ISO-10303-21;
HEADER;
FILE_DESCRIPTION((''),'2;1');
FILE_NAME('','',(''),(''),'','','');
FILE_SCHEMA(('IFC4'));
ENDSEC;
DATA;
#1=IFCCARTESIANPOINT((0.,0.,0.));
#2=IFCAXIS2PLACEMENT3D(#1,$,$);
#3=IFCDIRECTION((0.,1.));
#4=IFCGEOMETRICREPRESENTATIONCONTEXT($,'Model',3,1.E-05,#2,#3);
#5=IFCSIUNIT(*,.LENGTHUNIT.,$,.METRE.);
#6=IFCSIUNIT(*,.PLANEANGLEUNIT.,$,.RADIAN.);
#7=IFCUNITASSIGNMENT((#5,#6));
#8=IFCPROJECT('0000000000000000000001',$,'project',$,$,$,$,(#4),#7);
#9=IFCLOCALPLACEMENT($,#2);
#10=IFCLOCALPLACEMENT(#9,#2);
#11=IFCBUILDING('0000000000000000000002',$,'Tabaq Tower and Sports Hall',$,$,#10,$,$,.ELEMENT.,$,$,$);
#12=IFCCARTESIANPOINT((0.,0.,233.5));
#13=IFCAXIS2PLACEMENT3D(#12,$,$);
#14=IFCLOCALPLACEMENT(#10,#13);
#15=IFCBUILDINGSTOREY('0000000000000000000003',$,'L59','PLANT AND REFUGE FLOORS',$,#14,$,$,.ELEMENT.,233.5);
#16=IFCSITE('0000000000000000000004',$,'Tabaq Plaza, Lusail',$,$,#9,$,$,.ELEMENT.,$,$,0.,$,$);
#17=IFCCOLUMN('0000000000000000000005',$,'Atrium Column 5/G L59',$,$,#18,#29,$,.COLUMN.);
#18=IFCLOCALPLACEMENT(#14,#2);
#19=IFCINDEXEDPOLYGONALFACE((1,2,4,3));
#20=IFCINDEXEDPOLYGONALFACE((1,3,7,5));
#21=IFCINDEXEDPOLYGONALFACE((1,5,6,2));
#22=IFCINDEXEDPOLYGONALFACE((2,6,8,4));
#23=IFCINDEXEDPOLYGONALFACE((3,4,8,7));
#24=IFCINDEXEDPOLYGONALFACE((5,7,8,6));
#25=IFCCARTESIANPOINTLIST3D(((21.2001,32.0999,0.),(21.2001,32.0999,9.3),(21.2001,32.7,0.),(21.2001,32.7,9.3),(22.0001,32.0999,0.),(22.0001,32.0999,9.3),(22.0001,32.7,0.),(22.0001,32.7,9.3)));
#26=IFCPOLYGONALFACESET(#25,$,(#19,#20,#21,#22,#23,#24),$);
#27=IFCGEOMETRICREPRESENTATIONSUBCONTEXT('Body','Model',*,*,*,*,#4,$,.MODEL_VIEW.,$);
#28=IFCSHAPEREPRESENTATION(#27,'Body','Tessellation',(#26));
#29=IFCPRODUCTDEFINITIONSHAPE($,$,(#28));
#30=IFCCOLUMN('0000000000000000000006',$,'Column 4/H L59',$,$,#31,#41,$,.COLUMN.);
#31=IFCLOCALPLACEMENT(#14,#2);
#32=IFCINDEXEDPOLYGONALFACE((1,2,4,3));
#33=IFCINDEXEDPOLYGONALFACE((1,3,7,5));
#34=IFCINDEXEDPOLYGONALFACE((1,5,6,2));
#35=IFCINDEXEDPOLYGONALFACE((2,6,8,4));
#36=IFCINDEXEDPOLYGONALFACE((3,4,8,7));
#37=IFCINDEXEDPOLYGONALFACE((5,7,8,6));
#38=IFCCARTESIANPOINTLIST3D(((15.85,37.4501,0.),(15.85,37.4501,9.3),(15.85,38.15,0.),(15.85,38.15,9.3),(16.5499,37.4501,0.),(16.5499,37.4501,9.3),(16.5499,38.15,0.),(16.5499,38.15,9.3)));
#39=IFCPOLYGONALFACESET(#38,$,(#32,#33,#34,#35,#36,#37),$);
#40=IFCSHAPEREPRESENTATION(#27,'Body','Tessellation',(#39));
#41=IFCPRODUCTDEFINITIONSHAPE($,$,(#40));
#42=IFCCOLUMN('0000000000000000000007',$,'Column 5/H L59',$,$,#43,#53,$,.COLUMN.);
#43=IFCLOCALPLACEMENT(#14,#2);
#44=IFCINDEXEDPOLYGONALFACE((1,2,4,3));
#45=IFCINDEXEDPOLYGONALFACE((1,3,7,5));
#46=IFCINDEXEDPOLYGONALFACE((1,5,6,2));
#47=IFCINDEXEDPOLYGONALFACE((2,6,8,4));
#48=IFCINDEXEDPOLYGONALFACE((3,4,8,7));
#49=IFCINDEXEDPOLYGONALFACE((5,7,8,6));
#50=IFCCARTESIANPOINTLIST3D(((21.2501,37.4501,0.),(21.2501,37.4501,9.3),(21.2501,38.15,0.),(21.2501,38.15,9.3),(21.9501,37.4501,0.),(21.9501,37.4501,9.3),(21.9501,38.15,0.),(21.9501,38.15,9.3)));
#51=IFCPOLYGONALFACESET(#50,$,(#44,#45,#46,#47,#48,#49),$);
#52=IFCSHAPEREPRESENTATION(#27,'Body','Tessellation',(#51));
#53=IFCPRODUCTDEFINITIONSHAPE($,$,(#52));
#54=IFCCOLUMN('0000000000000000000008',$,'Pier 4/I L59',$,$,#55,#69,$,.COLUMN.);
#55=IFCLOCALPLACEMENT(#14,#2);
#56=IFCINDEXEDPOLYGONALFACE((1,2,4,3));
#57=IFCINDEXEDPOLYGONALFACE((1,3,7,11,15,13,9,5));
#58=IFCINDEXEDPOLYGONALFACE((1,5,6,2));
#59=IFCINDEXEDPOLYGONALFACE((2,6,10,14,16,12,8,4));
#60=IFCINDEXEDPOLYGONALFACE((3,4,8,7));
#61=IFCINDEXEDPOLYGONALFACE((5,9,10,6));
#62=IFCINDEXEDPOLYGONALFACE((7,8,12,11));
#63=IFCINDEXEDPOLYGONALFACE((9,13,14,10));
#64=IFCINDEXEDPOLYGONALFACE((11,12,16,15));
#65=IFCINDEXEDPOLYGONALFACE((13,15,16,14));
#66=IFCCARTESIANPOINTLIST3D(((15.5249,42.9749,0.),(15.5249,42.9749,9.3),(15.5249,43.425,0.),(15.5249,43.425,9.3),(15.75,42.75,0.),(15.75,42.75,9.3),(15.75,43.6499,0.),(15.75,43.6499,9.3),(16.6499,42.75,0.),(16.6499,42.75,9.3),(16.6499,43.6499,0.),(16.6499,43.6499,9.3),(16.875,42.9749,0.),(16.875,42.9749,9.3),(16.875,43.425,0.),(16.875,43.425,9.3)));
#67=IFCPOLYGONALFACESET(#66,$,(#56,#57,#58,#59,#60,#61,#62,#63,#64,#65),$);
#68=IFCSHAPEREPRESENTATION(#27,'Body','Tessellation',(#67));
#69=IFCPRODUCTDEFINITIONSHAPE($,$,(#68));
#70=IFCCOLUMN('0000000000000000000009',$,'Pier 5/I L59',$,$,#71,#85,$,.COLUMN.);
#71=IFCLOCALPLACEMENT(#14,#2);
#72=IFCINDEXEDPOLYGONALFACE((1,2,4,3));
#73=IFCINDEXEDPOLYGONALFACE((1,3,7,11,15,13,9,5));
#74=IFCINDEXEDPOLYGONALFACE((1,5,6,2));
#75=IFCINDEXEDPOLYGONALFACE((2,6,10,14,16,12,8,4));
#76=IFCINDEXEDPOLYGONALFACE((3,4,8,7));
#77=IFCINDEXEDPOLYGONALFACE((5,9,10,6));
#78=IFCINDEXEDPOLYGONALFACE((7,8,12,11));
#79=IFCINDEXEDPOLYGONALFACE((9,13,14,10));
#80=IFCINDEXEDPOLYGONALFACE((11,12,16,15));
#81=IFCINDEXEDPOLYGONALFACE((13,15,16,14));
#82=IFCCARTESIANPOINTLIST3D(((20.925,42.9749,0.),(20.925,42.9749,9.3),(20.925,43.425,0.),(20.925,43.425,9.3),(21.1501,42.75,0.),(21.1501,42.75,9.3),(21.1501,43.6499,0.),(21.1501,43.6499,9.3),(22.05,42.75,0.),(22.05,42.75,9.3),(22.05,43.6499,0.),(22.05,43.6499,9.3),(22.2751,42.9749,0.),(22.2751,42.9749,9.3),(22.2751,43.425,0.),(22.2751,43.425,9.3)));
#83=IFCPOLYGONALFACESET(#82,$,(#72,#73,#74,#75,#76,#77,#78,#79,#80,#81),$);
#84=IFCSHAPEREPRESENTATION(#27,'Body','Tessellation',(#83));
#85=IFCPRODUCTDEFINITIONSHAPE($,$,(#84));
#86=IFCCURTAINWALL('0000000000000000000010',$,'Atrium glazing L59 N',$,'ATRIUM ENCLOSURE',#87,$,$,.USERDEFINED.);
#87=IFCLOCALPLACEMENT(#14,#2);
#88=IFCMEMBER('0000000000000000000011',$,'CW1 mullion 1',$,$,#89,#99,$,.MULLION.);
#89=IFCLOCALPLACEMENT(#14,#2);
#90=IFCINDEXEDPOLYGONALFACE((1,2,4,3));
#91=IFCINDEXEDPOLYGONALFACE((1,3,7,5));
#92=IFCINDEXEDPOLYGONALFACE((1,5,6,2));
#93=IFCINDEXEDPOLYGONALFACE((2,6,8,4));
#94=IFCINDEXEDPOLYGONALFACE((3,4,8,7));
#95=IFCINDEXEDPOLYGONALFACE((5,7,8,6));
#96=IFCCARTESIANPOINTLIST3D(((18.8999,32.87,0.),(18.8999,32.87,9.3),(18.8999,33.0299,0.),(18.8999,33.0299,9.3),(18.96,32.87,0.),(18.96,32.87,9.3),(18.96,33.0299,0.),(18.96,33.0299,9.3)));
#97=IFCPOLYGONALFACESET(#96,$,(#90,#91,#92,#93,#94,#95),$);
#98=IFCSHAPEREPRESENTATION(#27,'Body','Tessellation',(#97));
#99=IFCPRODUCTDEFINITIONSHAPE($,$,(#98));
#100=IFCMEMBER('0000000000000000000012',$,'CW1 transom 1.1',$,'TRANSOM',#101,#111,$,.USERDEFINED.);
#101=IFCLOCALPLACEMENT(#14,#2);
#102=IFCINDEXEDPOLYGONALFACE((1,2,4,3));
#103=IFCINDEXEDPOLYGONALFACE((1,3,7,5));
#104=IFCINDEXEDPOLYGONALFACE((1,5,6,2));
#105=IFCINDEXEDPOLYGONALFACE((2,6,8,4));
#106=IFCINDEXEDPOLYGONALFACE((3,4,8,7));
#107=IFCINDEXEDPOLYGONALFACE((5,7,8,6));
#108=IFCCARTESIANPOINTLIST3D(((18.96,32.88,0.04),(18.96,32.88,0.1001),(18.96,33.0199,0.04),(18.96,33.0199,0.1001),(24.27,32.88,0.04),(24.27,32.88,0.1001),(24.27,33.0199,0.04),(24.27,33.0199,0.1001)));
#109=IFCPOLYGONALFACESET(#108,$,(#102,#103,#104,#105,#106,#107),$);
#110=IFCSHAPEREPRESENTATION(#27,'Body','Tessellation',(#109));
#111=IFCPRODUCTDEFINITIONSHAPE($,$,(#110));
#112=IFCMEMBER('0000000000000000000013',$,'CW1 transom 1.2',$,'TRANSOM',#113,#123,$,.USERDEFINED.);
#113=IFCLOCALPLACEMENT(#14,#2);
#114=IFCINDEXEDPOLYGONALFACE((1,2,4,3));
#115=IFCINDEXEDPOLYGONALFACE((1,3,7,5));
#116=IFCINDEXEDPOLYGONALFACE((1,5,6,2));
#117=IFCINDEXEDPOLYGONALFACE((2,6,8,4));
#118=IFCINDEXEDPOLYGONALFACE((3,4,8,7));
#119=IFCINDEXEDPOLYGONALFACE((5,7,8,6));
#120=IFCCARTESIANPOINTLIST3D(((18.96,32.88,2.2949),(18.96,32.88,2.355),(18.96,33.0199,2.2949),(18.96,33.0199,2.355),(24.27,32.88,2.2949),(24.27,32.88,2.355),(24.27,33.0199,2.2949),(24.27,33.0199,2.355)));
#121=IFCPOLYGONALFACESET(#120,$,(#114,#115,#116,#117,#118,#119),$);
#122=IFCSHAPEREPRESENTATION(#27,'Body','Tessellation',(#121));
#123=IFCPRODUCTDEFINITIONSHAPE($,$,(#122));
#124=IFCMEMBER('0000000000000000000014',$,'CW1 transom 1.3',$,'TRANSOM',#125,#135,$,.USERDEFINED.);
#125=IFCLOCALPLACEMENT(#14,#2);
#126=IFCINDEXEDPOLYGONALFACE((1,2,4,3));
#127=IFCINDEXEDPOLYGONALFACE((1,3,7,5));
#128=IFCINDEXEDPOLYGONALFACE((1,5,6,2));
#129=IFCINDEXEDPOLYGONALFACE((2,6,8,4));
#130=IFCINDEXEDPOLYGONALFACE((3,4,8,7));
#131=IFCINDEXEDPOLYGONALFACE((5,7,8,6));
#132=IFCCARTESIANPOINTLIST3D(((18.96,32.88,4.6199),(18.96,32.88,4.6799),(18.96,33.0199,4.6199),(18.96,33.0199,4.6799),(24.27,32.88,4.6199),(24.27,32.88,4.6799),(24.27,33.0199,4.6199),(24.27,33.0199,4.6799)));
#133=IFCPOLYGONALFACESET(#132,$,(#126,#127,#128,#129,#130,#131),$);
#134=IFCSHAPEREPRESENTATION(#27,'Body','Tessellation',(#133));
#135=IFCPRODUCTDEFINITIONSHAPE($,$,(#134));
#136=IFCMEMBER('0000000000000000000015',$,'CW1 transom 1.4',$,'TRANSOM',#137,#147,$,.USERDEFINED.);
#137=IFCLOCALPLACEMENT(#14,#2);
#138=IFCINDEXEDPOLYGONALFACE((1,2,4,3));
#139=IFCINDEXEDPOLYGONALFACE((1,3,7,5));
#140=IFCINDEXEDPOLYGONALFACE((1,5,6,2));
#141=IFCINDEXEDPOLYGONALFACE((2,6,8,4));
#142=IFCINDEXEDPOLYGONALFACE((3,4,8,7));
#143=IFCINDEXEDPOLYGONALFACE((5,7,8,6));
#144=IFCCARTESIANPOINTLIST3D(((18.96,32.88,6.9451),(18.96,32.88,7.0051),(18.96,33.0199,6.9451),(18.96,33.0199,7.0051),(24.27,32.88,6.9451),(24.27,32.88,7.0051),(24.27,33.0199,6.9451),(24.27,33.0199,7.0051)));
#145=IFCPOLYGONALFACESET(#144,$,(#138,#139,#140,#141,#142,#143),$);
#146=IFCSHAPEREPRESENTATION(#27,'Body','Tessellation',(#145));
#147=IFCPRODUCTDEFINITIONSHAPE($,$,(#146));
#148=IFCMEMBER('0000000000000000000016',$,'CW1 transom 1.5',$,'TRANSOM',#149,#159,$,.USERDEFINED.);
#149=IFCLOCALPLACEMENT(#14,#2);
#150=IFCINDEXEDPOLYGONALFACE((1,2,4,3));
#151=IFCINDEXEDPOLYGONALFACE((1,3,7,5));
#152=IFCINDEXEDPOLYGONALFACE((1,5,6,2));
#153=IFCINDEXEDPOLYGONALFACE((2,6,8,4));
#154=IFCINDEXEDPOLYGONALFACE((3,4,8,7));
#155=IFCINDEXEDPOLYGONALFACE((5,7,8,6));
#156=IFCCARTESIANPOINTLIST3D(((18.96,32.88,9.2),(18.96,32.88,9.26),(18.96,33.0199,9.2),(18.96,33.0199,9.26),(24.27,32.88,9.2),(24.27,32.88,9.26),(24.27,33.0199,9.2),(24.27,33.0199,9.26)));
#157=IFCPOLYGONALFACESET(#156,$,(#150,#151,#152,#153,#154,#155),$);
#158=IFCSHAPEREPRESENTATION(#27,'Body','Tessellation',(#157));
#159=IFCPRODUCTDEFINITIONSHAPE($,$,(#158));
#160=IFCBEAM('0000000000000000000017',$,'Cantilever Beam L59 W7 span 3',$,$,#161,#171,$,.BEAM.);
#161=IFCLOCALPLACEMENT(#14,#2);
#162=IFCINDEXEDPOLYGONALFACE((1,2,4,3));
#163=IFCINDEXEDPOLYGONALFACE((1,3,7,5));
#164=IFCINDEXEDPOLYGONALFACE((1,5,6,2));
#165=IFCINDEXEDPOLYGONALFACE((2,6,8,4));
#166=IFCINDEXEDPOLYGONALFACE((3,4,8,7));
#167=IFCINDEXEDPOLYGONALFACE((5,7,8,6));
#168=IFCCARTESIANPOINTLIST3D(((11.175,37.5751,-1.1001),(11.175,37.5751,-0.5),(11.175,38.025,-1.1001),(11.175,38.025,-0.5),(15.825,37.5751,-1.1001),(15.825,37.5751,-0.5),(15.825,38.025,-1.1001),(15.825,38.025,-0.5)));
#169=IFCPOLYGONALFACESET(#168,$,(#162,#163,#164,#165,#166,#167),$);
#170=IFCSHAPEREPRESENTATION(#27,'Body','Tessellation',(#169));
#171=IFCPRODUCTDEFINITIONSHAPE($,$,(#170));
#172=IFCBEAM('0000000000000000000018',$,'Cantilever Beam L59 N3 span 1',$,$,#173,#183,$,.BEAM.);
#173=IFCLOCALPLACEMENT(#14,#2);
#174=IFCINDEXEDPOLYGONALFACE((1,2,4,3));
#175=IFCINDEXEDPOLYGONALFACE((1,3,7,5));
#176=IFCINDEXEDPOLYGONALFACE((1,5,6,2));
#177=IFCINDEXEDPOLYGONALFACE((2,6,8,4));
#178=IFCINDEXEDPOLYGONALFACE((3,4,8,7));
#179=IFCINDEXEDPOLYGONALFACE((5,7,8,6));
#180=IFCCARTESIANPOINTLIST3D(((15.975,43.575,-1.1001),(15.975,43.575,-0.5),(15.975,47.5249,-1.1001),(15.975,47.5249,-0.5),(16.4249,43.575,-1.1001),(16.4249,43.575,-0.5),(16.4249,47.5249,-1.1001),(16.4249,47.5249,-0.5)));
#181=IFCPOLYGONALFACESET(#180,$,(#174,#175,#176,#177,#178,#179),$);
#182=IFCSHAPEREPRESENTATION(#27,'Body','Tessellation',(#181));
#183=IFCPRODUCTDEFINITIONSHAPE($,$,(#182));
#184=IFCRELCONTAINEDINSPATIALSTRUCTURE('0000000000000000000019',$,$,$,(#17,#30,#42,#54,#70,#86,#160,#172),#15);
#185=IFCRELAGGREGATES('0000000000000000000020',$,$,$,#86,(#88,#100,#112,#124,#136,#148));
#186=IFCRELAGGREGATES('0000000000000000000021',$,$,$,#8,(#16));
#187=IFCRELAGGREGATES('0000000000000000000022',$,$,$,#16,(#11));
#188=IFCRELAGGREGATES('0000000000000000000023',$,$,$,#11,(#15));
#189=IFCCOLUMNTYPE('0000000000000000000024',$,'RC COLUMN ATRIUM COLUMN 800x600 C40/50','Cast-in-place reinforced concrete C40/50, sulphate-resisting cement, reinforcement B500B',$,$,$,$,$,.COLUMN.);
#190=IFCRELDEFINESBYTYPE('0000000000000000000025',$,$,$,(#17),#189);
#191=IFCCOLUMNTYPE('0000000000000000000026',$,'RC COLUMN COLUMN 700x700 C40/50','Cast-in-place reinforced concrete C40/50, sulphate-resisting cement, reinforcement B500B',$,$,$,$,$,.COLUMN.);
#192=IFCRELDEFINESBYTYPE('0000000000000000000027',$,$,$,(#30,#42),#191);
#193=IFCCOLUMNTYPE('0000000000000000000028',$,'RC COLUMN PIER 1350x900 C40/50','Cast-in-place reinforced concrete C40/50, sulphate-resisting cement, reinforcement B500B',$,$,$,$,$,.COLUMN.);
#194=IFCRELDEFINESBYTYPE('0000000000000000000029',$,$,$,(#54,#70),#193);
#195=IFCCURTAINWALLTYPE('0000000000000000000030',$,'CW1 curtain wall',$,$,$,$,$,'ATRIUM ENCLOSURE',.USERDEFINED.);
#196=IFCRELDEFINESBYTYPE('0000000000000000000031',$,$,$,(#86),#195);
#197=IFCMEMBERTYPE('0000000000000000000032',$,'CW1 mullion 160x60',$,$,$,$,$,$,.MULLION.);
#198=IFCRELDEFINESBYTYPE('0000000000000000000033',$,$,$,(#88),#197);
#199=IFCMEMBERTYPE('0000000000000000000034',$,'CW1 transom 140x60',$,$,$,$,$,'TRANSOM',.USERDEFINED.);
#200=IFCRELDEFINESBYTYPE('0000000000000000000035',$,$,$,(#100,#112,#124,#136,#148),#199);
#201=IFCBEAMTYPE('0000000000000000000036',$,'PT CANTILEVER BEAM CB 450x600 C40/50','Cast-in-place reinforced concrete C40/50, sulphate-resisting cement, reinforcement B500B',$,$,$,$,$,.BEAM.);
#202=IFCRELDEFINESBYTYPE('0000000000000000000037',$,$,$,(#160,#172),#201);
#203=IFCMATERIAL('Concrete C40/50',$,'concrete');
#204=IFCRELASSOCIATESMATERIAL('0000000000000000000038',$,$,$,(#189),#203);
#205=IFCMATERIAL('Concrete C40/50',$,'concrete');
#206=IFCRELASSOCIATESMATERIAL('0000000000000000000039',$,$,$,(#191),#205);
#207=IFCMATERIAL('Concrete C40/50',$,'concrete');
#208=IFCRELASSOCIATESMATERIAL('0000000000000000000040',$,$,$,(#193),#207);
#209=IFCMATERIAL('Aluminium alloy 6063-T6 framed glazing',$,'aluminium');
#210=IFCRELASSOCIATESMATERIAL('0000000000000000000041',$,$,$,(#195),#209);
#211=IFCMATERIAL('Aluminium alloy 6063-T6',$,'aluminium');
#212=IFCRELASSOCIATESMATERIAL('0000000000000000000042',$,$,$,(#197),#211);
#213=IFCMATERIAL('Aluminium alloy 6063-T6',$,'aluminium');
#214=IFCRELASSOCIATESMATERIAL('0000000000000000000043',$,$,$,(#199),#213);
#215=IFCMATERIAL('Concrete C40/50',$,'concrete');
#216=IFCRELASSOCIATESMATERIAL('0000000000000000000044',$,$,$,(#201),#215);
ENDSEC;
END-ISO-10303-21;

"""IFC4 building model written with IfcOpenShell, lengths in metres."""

from ifc_helpers import new_model, si_unit, direction, frame, origin, origin_2d, place, context, subcontext, project, spatial, polyline, rectangle, outline, extrude, material, material_profile, profile_set, type_object, element, aggregate, save


model = new_model("IFC4")

# Units and contexts
model_context = context("Model", 3, precision=1e-05, world=origin(), true_north=direction((0.0, 1.0)))
body_context = subcontext(model_context, "Body", "Model", "MODEL_VIEW")
ifc_project = project(units=[si_unit("LENGTHUNIT", "METRE"), si_unit("PLANEANGLEUNIT", "RADIAN")], contexts=[model_context])

# Site, building, storey
site_placement = place(None, origin())
site = spatial("IfcSite", under=ifc_project, at=site_placement, Name="Tabaq Plaza, Lusail", CompositionType="ELEMENT", RefElevation=0.0)
building_placement = place(site_placement, origin())
building = spatial("IfcBuilding", under=site, at=building_placement, Name="Tabaq Tower and Sports Hall", CompositionType="ELEMENT")
storey_placement = place(building_placement, frame((0.0, 0.0, 233.5)))
storey = spatial("IfcBuildingStorey", under=building, at=storey_placement, Name="L59", Description="PLANT AND REFUGE FLOORS", CompositionType="ELEMENT", Elevation=233.5)

# Columns
ifc_material_1 = material(Name="Concrete C40/50", Category="concrete")
ifc_material_profile_1 = material_profile(ifc_material_1, rectangle(XDim=0.8, YDim=0.6001, at=origin_2d()), Name="ATRIUM COLUMN 800x600")
ifc_profile_set_1 = profile_set([ifc_material_profile_1], Name="Concrete C40/50")
column_type_1 = type_object("IfcColumnType", Name="RC COLUMN ATRIUM COLUMN 800x600 C40/50", Description="Cast-in-place reinforced concrete C40/50, sulphate-resisting cement, reinforcement B500B", PredefinedType="COLUMN", material=ifc_profile_set_1)
column_placement = place(storey_placement, frame((21.6001, 32.3999, 0.0), z_axis=(0.0, 0.0, 1.0), x_axis=(1.0, 0.0, 0.0)))
element("IfcColumn", 1, at=column_placement, inside=storey, type_object=column_type_1, Name="Atrium Column 5/G L59", PredefinedType="COLUMN", context=body_context, shape_type="SweptSolid", body=[
    extrude(rectangle(XDim=0.8, YDim=0.6001, at=origin_2d()), origin(), (0.0, 0.0, 1.0), 9.3),
])
ifc_material_2 = material(Name="Concrete C40/50", Category="concrete")
ifc_material_profile_2 = material_profile(ifc_material_2, rectangle(XDim=0.7, YDim=0.7, at=origin_2d()), Name="COLUMN 700x700")
ifc_profile_set_2 = profile_set([ifc_material_profile_2], Name="Concrete C40/50")
column_type_2 = type_object("IfcColumnType", Name="RC COLUMN COLUMN 700x700 C40/50", Description="Cast-in-place reinforced concrete C40/50, sulphate-resisting cement, reinforcement B500B", PredefinedType="COLUMN", material=ifc_profile_set_2)
for number, where, z_axis, x_axis, name in (
    (2, (16.2, 37.8, 0.0), (0.0, 0.0, 1.0), (1.0, 0.0, 0.0), "Column 4/H L59"),
    (3, (21.6001, 37.8, 0.0), (0.0, 0.0, 1.0), (1.0, 0.0, 0.0), "Column 5/H L59"),
):
    element("IfcColumn", number, at=place(storey_placement, frame(where, z_axis=z_axis, x_axis=x_axis)), inside=storey, type_object=column_type_2, Name=name, PredefinedType="COLUMN", context=body_context, shape_type="SweptSolid", body=[
        extrude(rectangle(XDim=0.7, YDim=0.7, at=origin_2d()), origin(), (0.0, 0.0, 1.0), 9.3),
    ])
ifc_material_3 = material(Name="Concrete C40/50", Category="concrete")
ifc_material_profile_3 = material_profile(ifc_material_3, outline(polyline([(-0.45, -0.45), (0.45, -0.45), (0.675, -0.2251), (0.675, 0.2251), (0.45, 0.45), (-0.45, 0.45), (-0.675, 0.2251), (-0.675, -0.2251), (-0.45, -0.45)])), Name="PIER 1350x900")
ifc_profile_set_3 = profile_set([ifc_material_profile_3], Name="Concrete C40/50")
column_type_3 = type_object("IfcColumnType", Name="RC COLUMN PIER 1350x900 C40/50", Description="Cast-in-place reinforced concrete C40/50, sulphate-resisting cement, reinforcement B500B", PredefinedType="COLUMN", material=ifc_profile_set_3)
for number, where, z_axis, x_axis, name in (
    (4, (16.2, 43.2, 0.0), (0.0, 0.0, 1.0), (1.0, 0.0, 0.0), "Pier 4/I L59"),
    (5, (21.6001, 43.2, 0.0), (0.0, 0.0, 1.0), (1.0, 0.0, 0.0), "Pier 5/I L59"),
):
    element("IfcColumn", number, at=place(storey_placement, frame(where, z_axis=z_axis, x_axis=x_axis)), inside=storey, type_object=column_type_3, Name=name, PredefinedType="COLUMN", context=body_context, shape_type="SweptSolid", body=[
        extrude(outline(polyline([(-0.45, -0.45), (0.45, -0.45), (0.675, -0.2251), (0.675, 0.2251), (0.45, 0.45), (-0.45, 0.45), (-0.675, 0.2251), (-0.675, -0.2251), (-0.45, -0.45)])), origin(), (0.0, 0.0, 1.0), 9.3),
    ])

# Curtain wall, members
ifc_material_4 = material(Name="Aluminium alloy 6063-T6 framed glazing", Category="aluminium")
curtain_wall_type = type_object("IfcCurtainWallType", Name="CW1 curtain wall", ElementType="ATRIUM ENCLOSURE", PredefinedType="USERDEFINED", material=ifc_material_4)
curtain_wall_placement = place(storey_placement, origin())
curtain_wall = element("IfcCurtainWall", 6, at=curtain_wall_placement, inside=storey, type_object=curtain_wall_type, Name="Atrium glazing L59 N", ObjectType="ATRIUM ENCLOSURE", PredefinedType="USERDEFINED")
ifc_material_5 = material(Name="Aluminium alloy 6063-T6", Category="aluminium")
ifc_material_profile_4 = material_profile(ifc_material_5, rectangle(XDim=0.1599, YDim=0.0601, at=origin_2d()), Name="MULLION 160x60")
ifc_profile_set_4 = profile_set([ifc_material_profile_4], Name="Aluminium alloy 6063-T6")
member_type_1 = type_object("IfcMemberType", Name="CW1 mullion 160x60", PredefinedType="MULLION", material=ifc_profile_set_4)
member_1_placement = place(storey_placement, frame((18.9299, 32.95, 0.0), z_axis=(0.0, 0.0, 1.0), x_axis=(0.0, 1.0, 0.0)))
member_1 = element("IfcMember", 7, at=member_1_placement, type_object=member_type_1, Name="CW1 mullion 1", PredefinedType="MULLION", context=body_context, shape_type="SweptSolid", body=[
    extrude(rectangle(XDim=0.1599, YDim=0.0601, at=origin_2d()), origin(), (0.0, 0.0, 1.0), 9.3),
])
ifc_material_6 = material(Name="Aluminium alloy 6063-T6", Category="aluminium")
ifc_material_profile_5 = material_profile(ifc_material_6, rectangle(XDim=0.1399, YDim=0.0601, at=origin_2d()), Name="TRANSOM 140x60")
ifc_profile_set_5 = profile_set([ifc_material_profile_5], Name="Aluminium alloy 6063-T6")
member_type_2 = type_object("IfcMemberType", Name="CW1 transom 140x60", ElementType="TRANSOM", PredefinedType="USERDEFINED", material=ifc_profile_set_5)
member_2_placement = place(storey_placement, frame((18.96, 32.95, 0.0701), z_axis=(1.0, 0.0, 0.0), x_axis=(0.0, 1.0, 0.0)))
member_2 = element("IfcMember", 8, at=member_2_placement, type_object=member_type_2, Name="CW1 transom 1.1", ObjectType="TRANSOM", PredefinedType="USERDEFINED", context=body_context, shape_type="SweptSolid", body=[
    extrude(rectangle(XDim=0.1399, YDim=0.0601, at=origin_2d()), origin(), (0.0, 0.0, 1.0), 5.3101),
])
member_3_placement = place(storey_placement, frame((18.96, 32.95, 2.325), z_axis=(1.0, 0.0, 0.0), x_axis=(0.0, 1.0, 0.0)))
member_3 = element("IfcMember", 9, at=member_3_placement, type_object=member_type_2, Name="CW1 transom 1.2", ObjectType="TRANSOM", PredefinedType="USERDEFINED", context=body_context, shape_type="SweptSolid", body=[
    extrude(rectangle(XDim=0.1399, YDim=0.0601, at=origin_2d()), origin(), (0.0, 0.0, 1.0), 5.3101),
])
member_4_placement = place(storey_placement, frame((18.96, 32.95, 4.6499), z_axis=(1.0, 0.0, 0.0), x_axis=(0.0, 1.0, 0.0)))
member_4 = element("IfcMember", 10, at=member_4_placement, type_object=member_type_2, Name="CW1 transom 1.3", ObjectType="TRANSOM", PredefinedType="USERDEFINED", context=body_context, shape_type="SweptSolid", body=[
    extrude(rectangle(XDim=0.1399, YDim=0.0601, at=origin_2d()), origin(), (0.0, 0.0, 1.0), 5.3101),
])
member_5_placement = place(storey_placement, frame((18.96, 32.95, 6.9751), z_axis=(1.0, 0.0, 0.0), x_axis=(0.0, 1.0, 0.0)))
member_5 = element("IfcMember", 11, at=member_5_placement, type_object=member_type_2, Name="CW1 transom 1.4", ObjectType="TRANSOM", PredefinedType="USERDEFINED", context=body_context, shape_type="SweptSolid", body=[
    extrude(rectangle(XDim=0.1399, YDim=0.0601, at=origin_2d()), origin(), (0.0, 0.0, 1.0), 5.3101),
])
member_6_placement = place(storey_placement, frame((18.96, 32.95, 9.23), z_axis=(1.0, 0.0, 0.0), x_axis=(0.0, 1.0, 0.0)))
member_6 = element("IfcMember", 12, at=member_6_placement, type_object=member_type_2, Name="CW1 transom 1.5", ObjectType="TRANSOM", PredefinedType="USERDEFINED", context=body_context, shape_type="SweptSolid", body=[
    extrude(rectangle(XDim=0.1399, YDim=0.0601, at=origin_2d()), origin(), (0.0, 0.0, 1.0), 5.3101),
])

# Beams
ifc_material_7 = material(Name="Concrete C40/50", Category="concrete")
ifc_material_profile_6 = material_profile(ifc_material_7, rectangle(XDim=0.45, YDim=0.6001, at=origin_2d()), Name="CB 450x600")
ifc_profile_set_6 = profile_set([ifc_material_profile_6], Name="Concrete C40/50")
beam_type = type_object("IfcBeamType", Name="PT CANTILEVER BEAM CB 450x600 C40/50", Description="Cast-in-place reinforced concrete C40/50, sulphate-resisting cement, reinforcement B500B", PredefinedType="BEAM", material=ifc_profile_set_6)
beam_1_placement = place(storey_placement, frame((11.175, 37.8, -0.8), z_axis=(1.0, 0.0, 0.0), x_axis=(0.0, 1.0, 0.0)))
element("IfcBeam", 13, at=beam_1_placement, inside=storey, type_object=beam_type, Name="Cantilever Beam L59 W7 span 3", PredefinedType="BEAM", context=body_context, shape_type="SweptSolid", body=[
    extrude(rectangle(XDim=0.45, YDim=0.6001, at=origin_2d()), origin(), (0.0, 0.0, 1.0), 4.6499),
])
beam_2_placement = place(storey_placement, frame((16.2, 47.5249, -0.8), z_axis=(0.0, -1.0, 0.0), x_axis=(1.0, 0.0, 0.0)))
element("IfcBeam", 14, at=beam_2_placement, inside=storey, type_object=beam_type, Name="Cantilever Beam L59 N3 span 1", PredefinedType="BEAM", context=body_context, shape_type="SweptSolid", body=[
    extrude(rectangle(XDim=0.45, YDim=0.6001, at=origin_2d()), origin(), (0.0, 0.0, 1.0), 3.95),
])

aggregate(curtain_wall, [member_1, member_2, member_3, member_4, member_5, member_6])

save(model, "model.ifc")
